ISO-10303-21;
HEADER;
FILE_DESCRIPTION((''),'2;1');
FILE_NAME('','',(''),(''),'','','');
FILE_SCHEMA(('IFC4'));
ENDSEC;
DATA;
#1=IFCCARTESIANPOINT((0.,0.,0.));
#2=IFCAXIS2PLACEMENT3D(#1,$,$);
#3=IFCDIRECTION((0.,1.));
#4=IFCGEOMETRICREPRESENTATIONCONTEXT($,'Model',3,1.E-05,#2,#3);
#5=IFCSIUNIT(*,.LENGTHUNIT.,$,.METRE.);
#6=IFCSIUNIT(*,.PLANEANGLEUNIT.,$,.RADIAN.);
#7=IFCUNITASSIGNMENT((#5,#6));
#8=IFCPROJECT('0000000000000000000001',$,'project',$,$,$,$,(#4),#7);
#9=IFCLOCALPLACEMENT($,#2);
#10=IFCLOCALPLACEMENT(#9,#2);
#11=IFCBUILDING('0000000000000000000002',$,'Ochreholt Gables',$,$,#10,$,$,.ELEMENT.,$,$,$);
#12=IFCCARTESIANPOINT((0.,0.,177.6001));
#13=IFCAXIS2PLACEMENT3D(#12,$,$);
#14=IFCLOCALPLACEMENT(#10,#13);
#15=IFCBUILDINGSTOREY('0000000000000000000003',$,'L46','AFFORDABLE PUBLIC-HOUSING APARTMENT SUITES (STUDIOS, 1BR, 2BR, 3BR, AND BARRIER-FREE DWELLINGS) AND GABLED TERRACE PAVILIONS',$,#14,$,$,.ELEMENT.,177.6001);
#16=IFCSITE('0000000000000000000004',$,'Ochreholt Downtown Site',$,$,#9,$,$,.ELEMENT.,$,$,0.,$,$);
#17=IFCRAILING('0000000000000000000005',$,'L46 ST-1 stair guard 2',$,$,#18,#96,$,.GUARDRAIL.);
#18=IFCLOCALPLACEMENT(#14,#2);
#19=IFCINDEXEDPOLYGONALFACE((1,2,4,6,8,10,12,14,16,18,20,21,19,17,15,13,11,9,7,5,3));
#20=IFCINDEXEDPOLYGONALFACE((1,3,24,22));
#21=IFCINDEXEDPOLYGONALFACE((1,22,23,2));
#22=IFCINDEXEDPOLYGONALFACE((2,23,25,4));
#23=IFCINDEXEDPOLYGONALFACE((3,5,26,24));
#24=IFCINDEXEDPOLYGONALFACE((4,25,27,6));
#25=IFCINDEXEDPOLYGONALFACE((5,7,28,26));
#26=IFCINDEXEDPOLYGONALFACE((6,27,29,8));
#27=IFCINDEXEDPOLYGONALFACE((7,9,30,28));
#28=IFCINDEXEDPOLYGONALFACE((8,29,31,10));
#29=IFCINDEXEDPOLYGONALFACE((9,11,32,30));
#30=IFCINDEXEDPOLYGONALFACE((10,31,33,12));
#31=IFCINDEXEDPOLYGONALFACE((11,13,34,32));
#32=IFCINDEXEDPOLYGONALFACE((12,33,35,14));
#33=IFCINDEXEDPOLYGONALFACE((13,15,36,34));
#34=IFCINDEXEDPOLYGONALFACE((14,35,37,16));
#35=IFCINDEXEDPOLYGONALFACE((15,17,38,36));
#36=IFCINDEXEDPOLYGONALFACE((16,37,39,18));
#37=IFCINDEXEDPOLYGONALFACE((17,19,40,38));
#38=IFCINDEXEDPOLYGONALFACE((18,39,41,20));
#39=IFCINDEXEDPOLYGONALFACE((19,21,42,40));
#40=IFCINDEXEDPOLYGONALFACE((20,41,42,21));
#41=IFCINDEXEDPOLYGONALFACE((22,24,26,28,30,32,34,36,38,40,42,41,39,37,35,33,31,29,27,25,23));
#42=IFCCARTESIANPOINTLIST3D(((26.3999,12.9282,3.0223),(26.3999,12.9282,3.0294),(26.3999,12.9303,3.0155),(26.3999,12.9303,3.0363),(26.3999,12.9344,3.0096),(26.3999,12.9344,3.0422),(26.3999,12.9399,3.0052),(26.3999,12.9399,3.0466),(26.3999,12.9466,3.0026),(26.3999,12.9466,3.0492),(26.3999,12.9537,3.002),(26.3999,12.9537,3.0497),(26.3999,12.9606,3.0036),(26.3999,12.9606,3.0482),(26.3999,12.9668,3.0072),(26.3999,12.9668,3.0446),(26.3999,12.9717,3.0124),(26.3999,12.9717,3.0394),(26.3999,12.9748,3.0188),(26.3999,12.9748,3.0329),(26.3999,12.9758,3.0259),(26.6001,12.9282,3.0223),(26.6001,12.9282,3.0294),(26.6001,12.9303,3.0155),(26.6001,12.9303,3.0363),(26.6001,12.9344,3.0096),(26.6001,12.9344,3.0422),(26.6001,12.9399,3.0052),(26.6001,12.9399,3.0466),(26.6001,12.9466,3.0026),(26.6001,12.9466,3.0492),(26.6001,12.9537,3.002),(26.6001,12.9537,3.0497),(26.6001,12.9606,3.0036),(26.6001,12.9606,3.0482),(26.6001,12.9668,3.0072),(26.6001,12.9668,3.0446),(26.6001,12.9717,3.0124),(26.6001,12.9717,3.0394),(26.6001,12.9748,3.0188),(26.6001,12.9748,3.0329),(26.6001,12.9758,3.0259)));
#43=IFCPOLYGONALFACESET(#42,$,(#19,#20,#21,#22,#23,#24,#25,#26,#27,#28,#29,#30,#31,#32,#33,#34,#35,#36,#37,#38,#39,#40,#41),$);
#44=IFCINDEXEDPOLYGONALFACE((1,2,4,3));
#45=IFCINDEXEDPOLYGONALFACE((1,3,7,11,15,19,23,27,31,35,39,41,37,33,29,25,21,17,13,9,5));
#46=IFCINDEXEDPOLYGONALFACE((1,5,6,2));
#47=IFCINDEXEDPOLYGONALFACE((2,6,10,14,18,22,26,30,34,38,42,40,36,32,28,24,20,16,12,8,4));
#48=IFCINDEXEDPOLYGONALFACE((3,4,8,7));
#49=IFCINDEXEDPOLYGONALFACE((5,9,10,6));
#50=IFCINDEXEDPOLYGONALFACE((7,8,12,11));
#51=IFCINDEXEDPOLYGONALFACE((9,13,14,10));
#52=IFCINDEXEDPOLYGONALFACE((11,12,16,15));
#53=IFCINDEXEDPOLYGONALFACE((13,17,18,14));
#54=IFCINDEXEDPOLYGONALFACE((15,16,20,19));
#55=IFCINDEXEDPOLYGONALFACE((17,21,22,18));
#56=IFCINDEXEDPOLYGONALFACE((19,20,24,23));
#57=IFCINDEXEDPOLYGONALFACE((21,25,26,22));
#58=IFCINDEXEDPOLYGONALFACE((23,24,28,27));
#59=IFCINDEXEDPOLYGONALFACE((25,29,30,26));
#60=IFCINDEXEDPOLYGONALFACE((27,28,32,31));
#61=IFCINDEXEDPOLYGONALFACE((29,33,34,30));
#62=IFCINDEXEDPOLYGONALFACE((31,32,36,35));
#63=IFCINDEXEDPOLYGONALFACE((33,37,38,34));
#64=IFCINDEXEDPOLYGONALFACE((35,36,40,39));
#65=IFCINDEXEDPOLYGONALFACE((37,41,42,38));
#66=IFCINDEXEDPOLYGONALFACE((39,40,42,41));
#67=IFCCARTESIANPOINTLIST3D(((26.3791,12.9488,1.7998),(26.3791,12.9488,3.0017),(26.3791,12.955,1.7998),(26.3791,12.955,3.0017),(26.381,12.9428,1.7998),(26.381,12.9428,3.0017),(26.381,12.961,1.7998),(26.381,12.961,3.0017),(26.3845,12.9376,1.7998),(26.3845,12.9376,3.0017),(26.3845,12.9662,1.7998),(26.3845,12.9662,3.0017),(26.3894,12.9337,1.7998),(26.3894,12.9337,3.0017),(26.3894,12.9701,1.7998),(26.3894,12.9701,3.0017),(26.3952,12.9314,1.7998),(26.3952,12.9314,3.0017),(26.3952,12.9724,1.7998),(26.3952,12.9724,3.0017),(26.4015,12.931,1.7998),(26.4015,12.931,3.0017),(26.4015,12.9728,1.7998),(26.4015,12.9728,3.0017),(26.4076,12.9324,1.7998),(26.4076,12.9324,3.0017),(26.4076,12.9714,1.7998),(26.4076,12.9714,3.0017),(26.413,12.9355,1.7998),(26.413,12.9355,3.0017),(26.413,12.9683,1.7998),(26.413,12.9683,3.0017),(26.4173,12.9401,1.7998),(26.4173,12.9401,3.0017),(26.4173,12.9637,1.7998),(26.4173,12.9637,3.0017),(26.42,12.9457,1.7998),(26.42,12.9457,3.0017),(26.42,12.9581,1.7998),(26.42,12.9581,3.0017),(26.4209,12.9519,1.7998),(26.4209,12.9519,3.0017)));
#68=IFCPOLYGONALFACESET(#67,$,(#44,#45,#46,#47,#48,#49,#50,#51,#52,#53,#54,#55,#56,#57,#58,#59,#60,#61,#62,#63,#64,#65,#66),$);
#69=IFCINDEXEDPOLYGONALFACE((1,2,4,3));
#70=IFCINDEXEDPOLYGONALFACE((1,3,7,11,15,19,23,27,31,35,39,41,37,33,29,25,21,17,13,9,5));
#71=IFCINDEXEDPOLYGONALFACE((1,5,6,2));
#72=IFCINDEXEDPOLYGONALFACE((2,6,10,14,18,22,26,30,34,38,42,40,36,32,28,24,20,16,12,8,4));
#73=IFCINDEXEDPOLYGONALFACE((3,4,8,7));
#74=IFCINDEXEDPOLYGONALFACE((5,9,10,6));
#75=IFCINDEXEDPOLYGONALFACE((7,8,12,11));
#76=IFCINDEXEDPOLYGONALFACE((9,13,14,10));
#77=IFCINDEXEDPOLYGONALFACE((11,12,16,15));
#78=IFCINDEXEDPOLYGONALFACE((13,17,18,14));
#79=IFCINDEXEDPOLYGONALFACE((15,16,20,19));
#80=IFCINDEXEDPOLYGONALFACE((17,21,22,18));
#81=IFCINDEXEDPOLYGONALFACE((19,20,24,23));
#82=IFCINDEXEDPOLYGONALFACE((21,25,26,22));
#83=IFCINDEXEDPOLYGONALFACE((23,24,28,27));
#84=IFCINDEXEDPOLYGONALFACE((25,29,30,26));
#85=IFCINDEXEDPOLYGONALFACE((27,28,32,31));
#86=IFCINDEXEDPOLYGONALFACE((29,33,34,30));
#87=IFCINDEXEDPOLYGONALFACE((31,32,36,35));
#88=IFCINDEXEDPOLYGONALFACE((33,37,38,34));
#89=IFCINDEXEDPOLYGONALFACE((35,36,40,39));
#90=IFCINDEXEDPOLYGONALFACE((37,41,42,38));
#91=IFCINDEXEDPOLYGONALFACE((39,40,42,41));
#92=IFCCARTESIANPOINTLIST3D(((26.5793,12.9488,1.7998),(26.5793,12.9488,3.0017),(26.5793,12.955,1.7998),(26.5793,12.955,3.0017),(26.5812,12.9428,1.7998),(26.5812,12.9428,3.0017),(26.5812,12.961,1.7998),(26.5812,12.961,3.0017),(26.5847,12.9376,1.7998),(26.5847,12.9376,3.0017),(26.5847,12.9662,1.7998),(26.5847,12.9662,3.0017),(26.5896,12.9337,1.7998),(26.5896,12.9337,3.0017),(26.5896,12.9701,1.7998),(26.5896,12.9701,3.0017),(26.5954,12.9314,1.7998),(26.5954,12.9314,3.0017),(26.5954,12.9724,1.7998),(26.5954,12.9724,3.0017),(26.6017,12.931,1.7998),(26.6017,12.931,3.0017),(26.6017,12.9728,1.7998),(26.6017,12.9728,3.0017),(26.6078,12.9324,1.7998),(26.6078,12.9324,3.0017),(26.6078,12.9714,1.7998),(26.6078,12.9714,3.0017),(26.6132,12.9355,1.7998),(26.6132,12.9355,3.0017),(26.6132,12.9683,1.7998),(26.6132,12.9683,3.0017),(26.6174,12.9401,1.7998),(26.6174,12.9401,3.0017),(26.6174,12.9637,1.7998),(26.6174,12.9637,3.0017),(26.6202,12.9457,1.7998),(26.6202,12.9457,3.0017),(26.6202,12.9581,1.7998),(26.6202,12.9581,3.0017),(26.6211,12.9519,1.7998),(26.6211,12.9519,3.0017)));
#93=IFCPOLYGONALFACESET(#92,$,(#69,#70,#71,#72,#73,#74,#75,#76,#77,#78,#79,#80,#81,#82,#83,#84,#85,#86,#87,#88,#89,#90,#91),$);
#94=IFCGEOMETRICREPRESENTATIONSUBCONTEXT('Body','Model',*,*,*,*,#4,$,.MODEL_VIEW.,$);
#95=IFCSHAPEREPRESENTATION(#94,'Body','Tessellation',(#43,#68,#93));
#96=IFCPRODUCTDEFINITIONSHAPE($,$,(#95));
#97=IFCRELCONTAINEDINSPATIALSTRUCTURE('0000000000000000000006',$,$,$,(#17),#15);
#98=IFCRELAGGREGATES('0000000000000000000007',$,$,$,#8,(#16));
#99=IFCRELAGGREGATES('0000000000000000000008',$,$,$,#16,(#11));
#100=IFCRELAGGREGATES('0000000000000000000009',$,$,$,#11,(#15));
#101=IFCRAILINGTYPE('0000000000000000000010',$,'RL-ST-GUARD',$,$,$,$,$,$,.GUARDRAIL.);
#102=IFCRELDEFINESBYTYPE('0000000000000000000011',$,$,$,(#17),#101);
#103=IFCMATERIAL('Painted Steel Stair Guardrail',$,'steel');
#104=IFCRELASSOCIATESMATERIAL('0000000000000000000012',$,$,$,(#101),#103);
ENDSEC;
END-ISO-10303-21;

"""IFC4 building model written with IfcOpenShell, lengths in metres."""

from ifc_helpers import new_model, si_unit, direction, frame, origin, origin_2d, place, context, subcontext, project, spatial, circle, extrude, material, type_object, element, save


model = new_model("IFC4")

# Units and contexts
model_context = context("Model", 3, precision=1e-05, world=origin(), true_north=direction((0.0, 1.0)))
body_context = subcontext(model_context, "Body", "Model", "MODEL_VIEW")
ifc_project = project(units=[si_unit("LENGTHUNIT", "METRE"), si_unit("PLANEANGLEUNIT", "RADIAN")], contexts=[model_context])

# Site, building, storey
site_placement = place(None, origin())
site = spatial("IfcSite", under=ifc_project, at=site_placement, Name="Ochreholt Downtown Site", CompositionType="ELEMENT", RefElevation=0.0)
building_placement = place(site_placement, origin())
building = spatial("IfcBuilding", under=site, at=building_placement, Name="Ochreholt Gables", CompositionType="ELEMENT")
storey_placement = place(building_placement, frame((0.0, 0.0, 177.6001)))
storey = spatial("IfcBuildingStorey", under=building, at=storey_placement, Name="L46", Description="AFFORDABLE PUBLIC-HOUSING APARTMENT SUITES (STUDIOS, 1BR, 2BR, 3BR, AND BARRIER-FREE DWELLINGS) AND GABLED TERRACE PAVILIONS", CompositionType="ELEMENT", Elevation=177.6001)

# Railing
ifc_material_1 = material(Name="Painted Steel Stair Guardrail", Category="steel")
railing_type_1 = type_object("IfcRailingType", Name="RL-ST-GUARD", PredefinedType="GUARDRAIL", material=ifc_material_1)
railing_1_placement = place(storey_placement, frame((26.3999, 12.9519, 1.7998)))
element("IfcRailing", 1, at=railing_1_placement, inside=storey, type_object=railing_type_1, Name="L46 ST-1 stair guard 2", PredefinedType="GUARDRAIL", context=body_context, shape_type="SweptSolid", body=[
    extrude(circle(Radius=0.0239, at=origin_2d()), frame((0.0, 0.0, 1.2261), z_axis=(1.0, 0.0, 0.0), x_axis=(0.0, 1.0, 0.0)), (0.0, 0.0, 1.0), 0.2002),
    extrude(circle(Radius=0.021, at=origin_2d()), origin(), (0.0, 0.0, 1.0), 1.2019),
    extrude(circle(Radius=0.021, at=origin_2d()), frame((0.2002, 0.0, 0.0)), (0.0, 0.0, 1.0), 1.2019),
])

save(model, "model.ifc")
